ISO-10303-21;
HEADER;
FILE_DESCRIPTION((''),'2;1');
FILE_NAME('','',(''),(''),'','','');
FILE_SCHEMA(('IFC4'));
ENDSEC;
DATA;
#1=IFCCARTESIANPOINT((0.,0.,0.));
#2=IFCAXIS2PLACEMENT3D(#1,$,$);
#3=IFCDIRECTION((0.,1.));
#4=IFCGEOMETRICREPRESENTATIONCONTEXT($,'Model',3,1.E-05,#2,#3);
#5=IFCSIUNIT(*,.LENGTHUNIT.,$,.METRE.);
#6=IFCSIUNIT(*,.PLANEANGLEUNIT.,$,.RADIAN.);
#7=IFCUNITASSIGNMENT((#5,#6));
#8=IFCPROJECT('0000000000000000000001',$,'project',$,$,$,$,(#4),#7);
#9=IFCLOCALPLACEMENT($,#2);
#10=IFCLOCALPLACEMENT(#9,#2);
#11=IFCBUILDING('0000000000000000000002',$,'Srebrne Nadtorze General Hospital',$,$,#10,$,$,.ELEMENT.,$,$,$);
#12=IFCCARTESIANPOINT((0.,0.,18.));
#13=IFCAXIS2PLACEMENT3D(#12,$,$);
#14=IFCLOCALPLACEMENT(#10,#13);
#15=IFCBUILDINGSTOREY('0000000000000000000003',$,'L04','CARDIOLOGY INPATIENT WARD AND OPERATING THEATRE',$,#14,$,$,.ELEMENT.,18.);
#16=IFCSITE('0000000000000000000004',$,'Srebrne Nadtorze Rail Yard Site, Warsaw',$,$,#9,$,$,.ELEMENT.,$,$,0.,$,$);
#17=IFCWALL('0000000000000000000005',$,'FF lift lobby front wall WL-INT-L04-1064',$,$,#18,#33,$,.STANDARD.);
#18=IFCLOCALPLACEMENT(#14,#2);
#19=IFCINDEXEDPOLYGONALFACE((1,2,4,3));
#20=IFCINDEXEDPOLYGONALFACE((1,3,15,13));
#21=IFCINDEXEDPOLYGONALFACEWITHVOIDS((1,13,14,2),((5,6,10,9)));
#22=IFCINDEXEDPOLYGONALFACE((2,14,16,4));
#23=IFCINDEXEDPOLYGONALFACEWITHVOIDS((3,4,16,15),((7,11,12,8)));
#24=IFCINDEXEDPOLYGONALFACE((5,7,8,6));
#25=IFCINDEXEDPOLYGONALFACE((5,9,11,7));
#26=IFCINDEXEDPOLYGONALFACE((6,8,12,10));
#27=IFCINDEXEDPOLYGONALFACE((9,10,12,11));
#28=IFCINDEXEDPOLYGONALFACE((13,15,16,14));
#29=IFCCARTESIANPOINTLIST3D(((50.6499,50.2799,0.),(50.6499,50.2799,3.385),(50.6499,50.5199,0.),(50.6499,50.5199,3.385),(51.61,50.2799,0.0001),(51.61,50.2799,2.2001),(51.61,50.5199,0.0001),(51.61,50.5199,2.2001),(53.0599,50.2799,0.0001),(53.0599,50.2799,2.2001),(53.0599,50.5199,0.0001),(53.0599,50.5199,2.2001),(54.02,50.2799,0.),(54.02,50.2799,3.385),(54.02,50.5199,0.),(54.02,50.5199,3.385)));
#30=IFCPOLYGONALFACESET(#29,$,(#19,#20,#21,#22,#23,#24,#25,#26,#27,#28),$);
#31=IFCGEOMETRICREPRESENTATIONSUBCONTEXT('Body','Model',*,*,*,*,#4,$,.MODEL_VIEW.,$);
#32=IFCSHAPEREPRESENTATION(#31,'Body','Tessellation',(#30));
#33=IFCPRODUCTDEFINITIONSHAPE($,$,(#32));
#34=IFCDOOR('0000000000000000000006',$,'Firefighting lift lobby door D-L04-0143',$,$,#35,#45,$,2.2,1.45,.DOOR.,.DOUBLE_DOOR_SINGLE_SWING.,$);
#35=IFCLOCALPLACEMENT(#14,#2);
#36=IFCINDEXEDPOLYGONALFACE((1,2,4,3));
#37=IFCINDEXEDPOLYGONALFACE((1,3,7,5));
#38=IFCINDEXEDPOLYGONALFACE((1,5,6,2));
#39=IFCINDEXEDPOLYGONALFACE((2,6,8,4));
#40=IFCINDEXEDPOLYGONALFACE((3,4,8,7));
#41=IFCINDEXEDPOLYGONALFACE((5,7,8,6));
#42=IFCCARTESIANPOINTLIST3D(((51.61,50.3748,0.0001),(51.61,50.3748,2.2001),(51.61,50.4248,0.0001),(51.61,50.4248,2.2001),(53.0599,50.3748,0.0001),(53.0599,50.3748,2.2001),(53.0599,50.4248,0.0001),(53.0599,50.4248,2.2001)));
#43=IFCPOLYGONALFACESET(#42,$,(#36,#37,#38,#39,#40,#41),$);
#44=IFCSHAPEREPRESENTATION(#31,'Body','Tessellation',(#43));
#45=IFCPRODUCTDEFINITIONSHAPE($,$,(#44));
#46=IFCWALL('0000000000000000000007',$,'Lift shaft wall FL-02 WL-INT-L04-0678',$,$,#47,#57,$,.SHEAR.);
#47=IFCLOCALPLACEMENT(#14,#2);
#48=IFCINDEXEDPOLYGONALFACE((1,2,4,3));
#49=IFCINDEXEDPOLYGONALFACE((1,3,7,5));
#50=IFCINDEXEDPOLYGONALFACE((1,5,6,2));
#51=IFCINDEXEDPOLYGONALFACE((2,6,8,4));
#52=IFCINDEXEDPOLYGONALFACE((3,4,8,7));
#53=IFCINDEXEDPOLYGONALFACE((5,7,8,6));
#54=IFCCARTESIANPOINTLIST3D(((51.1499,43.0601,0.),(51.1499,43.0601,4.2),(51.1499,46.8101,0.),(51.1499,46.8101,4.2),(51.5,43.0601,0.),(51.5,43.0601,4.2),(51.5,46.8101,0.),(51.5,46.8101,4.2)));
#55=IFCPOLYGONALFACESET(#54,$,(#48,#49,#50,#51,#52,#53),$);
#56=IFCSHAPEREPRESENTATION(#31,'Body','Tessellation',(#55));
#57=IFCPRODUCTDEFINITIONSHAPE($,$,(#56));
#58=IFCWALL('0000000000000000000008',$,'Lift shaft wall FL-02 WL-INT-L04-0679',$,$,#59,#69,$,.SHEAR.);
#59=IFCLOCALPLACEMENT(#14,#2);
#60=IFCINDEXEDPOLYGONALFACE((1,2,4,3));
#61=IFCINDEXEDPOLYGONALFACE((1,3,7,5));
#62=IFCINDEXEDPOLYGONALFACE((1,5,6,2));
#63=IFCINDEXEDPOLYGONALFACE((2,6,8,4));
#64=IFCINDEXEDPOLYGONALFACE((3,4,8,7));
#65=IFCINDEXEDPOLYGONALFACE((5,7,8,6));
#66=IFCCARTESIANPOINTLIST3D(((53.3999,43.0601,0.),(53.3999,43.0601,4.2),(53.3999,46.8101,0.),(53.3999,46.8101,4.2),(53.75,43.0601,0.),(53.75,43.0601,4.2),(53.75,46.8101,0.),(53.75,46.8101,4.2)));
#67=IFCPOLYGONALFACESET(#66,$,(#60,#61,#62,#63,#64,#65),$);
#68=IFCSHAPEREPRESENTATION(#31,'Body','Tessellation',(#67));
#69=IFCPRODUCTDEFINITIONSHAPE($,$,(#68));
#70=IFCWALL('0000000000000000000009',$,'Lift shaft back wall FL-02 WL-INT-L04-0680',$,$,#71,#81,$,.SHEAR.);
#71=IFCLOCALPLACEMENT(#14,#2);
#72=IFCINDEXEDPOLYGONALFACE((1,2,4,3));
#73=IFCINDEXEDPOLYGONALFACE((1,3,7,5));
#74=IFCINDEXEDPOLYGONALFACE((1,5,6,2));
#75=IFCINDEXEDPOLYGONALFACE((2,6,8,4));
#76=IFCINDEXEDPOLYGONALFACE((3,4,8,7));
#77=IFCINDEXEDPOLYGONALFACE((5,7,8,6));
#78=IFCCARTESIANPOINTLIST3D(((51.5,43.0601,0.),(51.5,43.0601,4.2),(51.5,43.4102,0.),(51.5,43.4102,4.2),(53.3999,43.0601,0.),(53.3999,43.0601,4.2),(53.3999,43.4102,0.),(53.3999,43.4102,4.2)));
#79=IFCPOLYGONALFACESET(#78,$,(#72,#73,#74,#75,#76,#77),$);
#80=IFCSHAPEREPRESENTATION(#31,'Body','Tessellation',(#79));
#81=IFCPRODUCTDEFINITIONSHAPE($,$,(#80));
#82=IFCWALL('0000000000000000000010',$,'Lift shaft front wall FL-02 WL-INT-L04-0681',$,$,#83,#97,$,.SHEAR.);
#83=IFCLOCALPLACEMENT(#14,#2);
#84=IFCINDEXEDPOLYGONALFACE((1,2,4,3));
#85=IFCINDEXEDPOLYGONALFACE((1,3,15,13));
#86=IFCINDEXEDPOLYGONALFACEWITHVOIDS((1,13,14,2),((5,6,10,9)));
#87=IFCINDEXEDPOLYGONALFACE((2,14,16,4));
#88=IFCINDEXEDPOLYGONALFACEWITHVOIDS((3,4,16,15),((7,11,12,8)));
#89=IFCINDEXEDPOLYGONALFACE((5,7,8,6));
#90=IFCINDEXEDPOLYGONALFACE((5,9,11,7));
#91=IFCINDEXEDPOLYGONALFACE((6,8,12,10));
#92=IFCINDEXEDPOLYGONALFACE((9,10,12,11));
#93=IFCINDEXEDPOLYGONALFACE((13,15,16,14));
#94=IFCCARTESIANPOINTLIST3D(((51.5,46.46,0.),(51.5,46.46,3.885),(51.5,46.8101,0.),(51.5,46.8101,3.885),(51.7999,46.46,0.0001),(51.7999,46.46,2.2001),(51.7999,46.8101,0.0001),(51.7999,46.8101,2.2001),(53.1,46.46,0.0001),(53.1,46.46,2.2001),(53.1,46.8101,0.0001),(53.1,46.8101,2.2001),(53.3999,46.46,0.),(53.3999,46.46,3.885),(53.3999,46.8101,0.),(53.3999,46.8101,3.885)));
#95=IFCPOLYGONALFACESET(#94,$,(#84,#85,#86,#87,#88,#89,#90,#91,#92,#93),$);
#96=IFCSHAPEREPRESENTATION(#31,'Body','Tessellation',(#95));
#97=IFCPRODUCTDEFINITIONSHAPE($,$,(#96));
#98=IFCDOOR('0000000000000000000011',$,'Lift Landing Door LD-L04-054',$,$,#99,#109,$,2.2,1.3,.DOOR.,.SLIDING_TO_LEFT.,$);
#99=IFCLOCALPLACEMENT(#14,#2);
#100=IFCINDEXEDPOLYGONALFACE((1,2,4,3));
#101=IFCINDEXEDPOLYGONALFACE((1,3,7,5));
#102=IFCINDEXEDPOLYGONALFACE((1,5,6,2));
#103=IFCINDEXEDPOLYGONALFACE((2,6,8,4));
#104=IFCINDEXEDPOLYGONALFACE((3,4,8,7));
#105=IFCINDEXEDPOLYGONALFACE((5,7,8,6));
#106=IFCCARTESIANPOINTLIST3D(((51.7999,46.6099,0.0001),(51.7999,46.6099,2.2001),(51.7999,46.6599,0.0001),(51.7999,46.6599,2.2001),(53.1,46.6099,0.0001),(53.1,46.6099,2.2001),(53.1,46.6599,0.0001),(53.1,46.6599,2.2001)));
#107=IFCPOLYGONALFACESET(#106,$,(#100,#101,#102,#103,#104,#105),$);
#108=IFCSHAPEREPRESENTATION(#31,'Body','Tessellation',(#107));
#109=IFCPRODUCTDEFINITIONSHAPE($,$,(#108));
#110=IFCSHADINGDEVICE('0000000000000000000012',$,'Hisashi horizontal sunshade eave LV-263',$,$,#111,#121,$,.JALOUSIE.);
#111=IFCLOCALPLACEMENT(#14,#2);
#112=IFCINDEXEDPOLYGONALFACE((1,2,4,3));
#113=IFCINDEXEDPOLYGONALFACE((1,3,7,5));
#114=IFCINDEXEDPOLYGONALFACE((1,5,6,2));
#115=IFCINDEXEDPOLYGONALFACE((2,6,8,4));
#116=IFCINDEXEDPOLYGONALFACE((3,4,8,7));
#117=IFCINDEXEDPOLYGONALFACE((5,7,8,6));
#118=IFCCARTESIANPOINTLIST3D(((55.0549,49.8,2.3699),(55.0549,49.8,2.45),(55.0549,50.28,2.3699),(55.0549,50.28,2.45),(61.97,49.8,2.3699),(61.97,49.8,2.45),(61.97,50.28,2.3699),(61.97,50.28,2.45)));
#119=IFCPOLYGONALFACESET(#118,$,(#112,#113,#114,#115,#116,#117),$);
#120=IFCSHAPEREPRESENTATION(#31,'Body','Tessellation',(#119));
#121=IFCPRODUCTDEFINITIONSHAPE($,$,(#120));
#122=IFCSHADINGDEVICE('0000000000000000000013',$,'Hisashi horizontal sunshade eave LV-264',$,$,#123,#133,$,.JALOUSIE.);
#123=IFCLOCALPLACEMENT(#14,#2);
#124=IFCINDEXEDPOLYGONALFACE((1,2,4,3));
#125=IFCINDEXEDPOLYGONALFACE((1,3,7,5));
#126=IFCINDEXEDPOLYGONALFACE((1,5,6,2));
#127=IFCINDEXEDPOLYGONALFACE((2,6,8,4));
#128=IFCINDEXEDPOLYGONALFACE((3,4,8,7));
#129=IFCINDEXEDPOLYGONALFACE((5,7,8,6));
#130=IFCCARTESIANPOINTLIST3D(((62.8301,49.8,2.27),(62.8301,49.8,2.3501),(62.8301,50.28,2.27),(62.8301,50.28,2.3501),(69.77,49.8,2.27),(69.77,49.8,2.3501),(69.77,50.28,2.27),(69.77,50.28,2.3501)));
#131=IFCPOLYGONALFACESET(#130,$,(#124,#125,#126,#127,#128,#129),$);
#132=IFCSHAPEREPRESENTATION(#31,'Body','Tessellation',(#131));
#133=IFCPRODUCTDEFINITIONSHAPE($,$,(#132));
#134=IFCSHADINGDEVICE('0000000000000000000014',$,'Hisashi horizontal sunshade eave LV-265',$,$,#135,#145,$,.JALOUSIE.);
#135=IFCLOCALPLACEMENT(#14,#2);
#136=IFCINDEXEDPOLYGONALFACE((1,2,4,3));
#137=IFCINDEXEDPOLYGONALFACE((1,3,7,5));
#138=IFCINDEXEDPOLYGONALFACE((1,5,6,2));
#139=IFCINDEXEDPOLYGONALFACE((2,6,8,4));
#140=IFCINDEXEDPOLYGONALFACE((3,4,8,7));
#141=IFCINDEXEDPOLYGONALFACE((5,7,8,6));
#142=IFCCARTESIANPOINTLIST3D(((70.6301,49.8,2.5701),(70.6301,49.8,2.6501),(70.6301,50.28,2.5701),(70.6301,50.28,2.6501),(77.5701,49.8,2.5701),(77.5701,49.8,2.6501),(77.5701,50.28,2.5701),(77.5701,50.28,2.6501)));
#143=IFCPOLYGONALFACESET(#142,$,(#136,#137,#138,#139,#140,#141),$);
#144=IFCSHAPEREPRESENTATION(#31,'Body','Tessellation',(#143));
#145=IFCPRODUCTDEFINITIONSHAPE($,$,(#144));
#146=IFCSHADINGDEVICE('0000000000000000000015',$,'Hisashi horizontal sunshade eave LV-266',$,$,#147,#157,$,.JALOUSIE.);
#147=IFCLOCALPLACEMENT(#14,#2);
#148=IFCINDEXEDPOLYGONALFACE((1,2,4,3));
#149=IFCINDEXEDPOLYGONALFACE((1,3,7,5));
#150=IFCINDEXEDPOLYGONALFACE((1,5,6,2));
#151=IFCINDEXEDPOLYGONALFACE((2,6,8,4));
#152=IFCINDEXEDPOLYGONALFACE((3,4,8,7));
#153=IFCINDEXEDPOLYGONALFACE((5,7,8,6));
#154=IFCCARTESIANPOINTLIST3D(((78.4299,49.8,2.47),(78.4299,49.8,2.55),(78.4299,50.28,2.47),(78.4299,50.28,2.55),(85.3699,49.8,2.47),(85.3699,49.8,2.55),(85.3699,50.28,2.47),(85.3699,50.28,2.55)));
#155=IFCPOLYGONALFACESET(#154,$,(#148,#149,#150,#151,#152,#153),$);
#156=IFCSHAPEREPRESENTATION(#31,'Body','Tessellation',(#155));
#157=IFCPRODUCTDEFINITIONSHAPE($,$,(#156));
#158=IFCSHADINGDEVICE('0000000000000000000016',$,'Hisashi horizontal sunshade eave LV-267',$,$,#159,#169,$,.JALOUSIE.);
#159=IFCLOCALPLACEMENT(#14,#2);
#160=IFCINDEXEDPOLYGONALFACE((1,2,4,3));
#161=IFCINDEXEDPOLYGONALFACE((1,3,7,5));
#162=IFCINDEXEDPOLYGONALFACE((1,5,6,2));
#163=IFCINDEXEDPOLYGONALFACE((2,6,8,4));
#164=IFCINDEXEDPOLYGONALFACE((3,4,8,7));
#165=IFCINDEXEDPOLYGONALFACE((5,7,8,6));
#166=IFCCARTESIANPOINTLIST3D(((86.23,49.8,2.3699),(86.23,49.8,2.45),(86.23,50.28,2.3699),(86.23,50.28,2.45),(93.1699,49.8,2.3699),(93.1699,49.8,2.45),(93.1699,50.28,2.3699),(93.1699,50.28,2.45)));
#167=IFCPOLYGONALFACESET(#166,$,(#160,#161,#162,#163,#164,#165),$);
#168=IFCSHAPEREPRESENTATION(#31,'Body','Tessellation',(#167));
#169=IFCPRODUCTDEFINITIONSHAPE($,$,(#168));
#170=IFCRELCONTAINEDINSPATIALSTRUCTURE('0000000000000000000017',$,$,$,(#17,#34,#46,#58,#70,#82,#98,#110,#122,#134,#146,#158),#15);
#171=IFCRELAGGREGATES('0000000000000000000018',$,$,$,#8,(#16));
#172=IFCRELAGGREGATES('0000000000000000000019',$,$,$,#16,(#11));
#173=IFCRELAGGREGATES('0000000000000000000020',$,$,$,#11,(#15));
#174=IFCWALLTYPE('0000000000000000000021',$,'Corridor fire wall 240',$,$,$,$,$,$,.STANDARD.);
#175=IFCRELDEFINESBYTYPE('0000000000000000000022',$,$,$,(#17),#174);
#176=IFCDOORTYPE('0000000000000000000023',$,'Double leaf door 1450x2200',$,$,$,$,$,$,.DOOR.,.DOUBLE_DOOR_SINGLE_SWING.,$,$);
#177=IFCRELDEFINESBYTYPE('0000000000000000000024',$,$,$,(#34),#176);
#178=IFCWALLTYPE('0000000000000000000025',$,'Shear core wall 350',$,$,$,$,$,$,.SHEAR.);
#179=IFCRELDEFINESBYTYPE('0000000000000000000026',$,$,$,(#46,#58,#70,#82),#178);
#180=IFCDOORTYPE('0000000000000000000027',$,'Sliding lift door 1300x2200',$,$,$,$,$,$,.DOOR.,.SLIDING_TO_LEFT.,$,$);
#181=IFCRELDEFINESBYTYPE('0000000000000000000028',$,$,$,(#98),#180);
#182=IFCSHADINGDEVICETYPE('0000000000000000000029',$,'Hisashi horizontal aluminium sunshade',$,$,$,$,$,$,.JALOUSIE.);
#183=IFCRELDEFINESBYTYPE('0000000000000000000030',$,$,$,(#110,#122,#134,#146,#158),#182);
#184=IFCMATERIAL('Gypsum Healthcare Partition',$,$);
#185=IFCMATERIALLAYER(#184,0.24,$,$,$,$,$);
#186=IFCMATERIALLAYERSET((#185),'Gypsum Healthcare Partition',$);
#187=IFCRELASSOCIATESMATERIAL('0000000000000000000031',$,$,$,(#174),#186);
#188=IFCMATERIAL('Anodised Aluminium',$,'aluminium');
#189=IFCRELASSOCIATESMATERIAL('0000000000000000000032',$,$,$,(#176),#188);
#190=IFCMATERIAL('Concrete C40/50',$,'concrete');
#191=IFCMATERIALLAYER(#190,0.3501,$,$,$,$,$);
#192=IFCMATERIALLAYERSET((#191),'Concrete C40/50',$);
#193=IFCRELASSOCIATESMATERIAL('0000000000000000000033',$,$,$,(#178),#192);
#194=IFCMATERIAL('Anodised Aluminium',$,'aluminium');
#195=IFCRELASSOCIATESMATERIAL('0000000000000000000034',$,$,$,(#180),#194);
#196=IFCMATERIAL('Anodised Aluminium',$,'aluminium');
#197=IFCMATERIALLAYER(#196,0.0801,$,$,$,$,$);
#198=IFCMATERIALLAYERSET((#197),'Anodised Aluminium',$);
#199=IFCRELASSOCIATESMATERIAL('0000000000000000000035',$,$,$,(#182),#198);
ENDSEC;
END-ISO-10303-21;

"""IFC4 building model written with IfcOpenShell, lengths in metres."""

from ifc_helpers import new_model, si_unit, direction, frame, frame_2d, origin, origin_2d, place, context, subcontext, project, spatial, rectangle, extrude, material, layer, layer_set, type_object, element, fill, save


model = new_model("IFC4")

# Units and contexts
model_context = context("Model", 3, precision=1e-05, world=origin(), true_north=direction((0.0, 1.0)))
body_context = subcontext(model_context, "Body", "Model", "MODEL_VIEW")
ifc_project = project(units=[si_unit("LENGTHUNIT", "METRE"), si_unit("PLANEANGLEUNIT", "RADIAN")], contexts=[model_context])

# Site, building, storey
site_placement = place(None, origin())
site = spatial("IfcSite", under=ifc_project, at=site_placement, Name="Srebrne Nadtorze Rail Yard Site, Warsaw", CompositionType="ELEMENT", RefElevation=0.0)
building_placement = place(site_placement, origin())
building = spatial("IfcBuilding", under=site, at=building_placement, Name="Srebrne Nadtorze General Hospital", CompositionType="ELEMENT")
storey_placement = place(building_placement, frame((0.0, 0.0, 18.0)))
storey = spatial("IfcBuildingStorey", under=building, at=storey_placement, Name="L04", Description="CARDIOLOGY INPATIENT WARD AND OPERATING THEATRE", CompositionType="ELEMENT", Elevation=18.0)

# Shared definitions
ifc_material_1 = material(Name="Gypsum Healthcare Partition")
ifc_layer_1 = layer(ifc_material_1, 0.24)
ifc_layer_set_1 = layer_set([ifc_layer_1], Name="Gypsum Healthcare Partition")
wall_type_1 = type_object("IfcWallType", Name="Corridor fire wall 240", PredefinedType="STANDARD", material=ifc_layer_set_1)

# Wall, opening, door
wall_1_placement = place(storey_placement, frame((50.6499, 50.3999, 0.0), z_axis=(0.0, 0.0, 1.0), x_axis=(1.0, 0.0, 0.0)))
wall_1 = element("IfcWall", 1, at=wall_1_placement, inside=storey, type_object=wall_type_1, Name="FF lift lobby front wall WL-INT-L04-1064", PredefinedType="STANDARD", context=body_context, shape_type="SweptSolid", body=[
    extrude(rectangle(XDim=3.3701, YDim=0.24, at=frame_2d((1.6851, 0.0))), origin(), (0.0, 0.0, 1.0), 3.385),
])
opening_1_placement = place(wall_1_placement, frame((0.96, 0.0, 0.0)))
opening_1 = element("IfcOpeningElement", 2, at=opening_1_placement, cuts=wall_1, PredefinedType="OPENING", context=body_context, shape_type="SweptSolid", body=[
    extrude(rectangle(XDim=1.45, YDim=2.2, at=frame_2d((0.7251, 1.1001))), frame((0.0, 0.1318, 0.0), z_axis=(0.0, -1.0, 0.0), x_axis=(1.0, 0.0, 0.0)), (0.0, 0.0, 1.0), 0.2639),
])
ifc_material_2 = material(Name="Anodised Aluminium", Category="aluminium")
door_type_1 = type_object("IfcDoorType", Name="Double leaf door 1450x2200", OperationType="DOUBLE_DOOR_SINGLE_SWING", PredefinedType="DOOR", material=ifc_material_2)
door_1_placement = place(opening_1_placement, origin())
door_1 = element("IfcDoor", 3, at=door_1_placement, inside=storey, type_object=door_type_1, Name="Firefighting lift lobby door D-L04-0143", OperationType="DOUBLE_DOOR_SINGLE_SWING", OverallHeight=2.2, OverallWidth=1.45, PredefinedType="DOOR", context=body_context, shape_type="SweptSolid", body=[
    extrude(rectangle(XDim=1.45, YDim=2.2, at=frame_2d((0.7251, 1.1001))), frame((0.0, 0.0249, 0.0), z_axis=(0.0, -1.0, 0.0), x_axis=(1.0, 0.0, 0.0)), (0.0, 0.0, 1.0), 0.05),
])
fill(opening_1, door_1)

# Walls
ifc_material_3 = material(Name="Concrete C40/50", Category="concrete")
ifc_layer_2 = layer(ifc_material_3, 0.3501)
ifc_layer_set_2 = layer_set([ifc_layer_2], Name="Concrete C40/50")
wall_type_2 = type_object("IfcWallType", Name="Shear core wall 350", PredefinedType="SHEAR", material=ifc_layer_set_2)
for number, where, z_axis, x_axis, name in (
    (4, (51.325, 43.0601, 0.0), (0.0, 0.0, 1.0), (0.0, 1.0, 0.0), "Lift shaft wall FL-02 WL-INT-L04-0678"),
    (5, (53.575, 43.0601, 0.0), (0.0, 0.0, 1.0), (0.0, 1.0, 0.0), "Lift shaft wall FL-02 WL-INT-L04-0679"),
):
    element("IfcWall", number, at=place(storey_placement, frame(where, z_axis=z_axis, x_axis=x_axis)), inside=storey, type_object=wall_type_2, Name=name, PredefinedType="SHEAR", context=body_context, shape_type="SweptSolid", body=[
        extrude(rectangle(XDim=3.75, YDim=0.3501, at=frame_2d((1.875, 0.0))), origin(), (0.0, 0.0, 1.0), 4.2),
    ])
wall_2_placement = place(storey_placement, frame((51.5, 43.2351, 0.0), z_axis=(0.0, 0.0, 1.0), x_axis=(1.0, 0.0, 0.0)))
element("IfcWall", 6, at=wall_2_placement, inside=storey, type_object=wall_type_2, Name="Lift shaft back wall FL-02 WL-INT-L04-0680", PredefinedType="SHEAR", context=body_context, shape_type="SweptSolid", body=[
    extrude(rectangle(XDim=1.8999, YDim=0.3501, at=frame_2d((0.95, 0.0))), origin(), (0.0, 0.0, 1.0), 4.2),
])

# Wall, opening, door
wall_3_placement = place(storey_placement, frame((51.5, 46.635, 0.0), z_axis=(0.0, 0.0, 1.0), x_axis=(1.0, 0.0, 0.0)))
wall_3 = element("IfcWall", 7, at=wall_3_placement, inside=storey, type_object=wall_type_2, Name="Lift shaft front wall FL-02 WL-INT-L04-0681", PredefinedType="SHEAR", context=body_context, shape_type="SweptSolid", body=[
    extrude(rectangle(XDim=1.8999, YDim=0.3501, at=frame_2d((0.95, 0.0))), origin(), (0.0, 0.0, 1.0), 3.885),
])
opening_2_placement = place(wall_3_placement, frame((0.3, 0.0, 0.0)))
opening_2 = element("IfcOpeningElement", 8, at=opening_2_placement, cuts=wall_3, PredefinedType="OPENING", context=body_context, shape_type="SweptSolid", body=[
    extrude(rectangle(XDim=1.3, YDim=2.2, at=frame_2d((0.6499, 1.1001))), frame((0.0, 0.187, 0.0), z_axis=(0.0, -1.0, 0.0), x_axis=(1.0, 0.0, 0.0)), (0.0, 0.0, 1.0), 0.374),
])
ifc_material_4 = material(Name="Anodised Aluminium", Category="aluminium")
door_type_2 = type_object("IfcDoorType", Name="Sliding lift door 1300x2200", OperationType="SLIDING_TO_LEFT", PredefinedType="DOOR", material=ifc_material_4)
door_2_placement = place(opening_2_placement, origin())
door_2 = element("IfcDoor", 9, at=door_2_placement, inside=storey, type_object=door_type_2, Name="Lift Landing Door LD-L04-054", OperationType="SLIDING_TO_LEFT", OverallHeight=2.2, OverallWidth=1.3, PredefinedType="DOOR", context=body_context, shape_type="SweptSolid", body=[
    extrude(rectangle(XDim=1.3, YDim=2.2, at=frame_2d((0.6499, 1.1001))), frame((0.0, 0.0249, 0.0), z_axis=(0.0, -1.0, 0.0), x_axis=(1.0, 0.0, 0.0)), (0.0, 0.0, 1.0), 0.05),
])
fill(opening_2, door_2)

# Shading devices
ifc_material_5 = material(Name="Anodised Aluminium", Category="aluminium")
ifc_layer_3 = layer(ifc_material_5, 0.0801)
ifc_layer_set_3 = layer_set([ifc_layer_3], Name="Anodised Aluminium")
shading_device_type = type_object("IfcShadingDeviceType", Name="Hisashi horizontal aluminium sunshade", PredefinedType="JALOUSIE", material=ifc_layer_set_3)
shading_device_placement = place(storey_placement, frame((58.5125, 50.04, 2.3699), z_axis=(0.0, 0.0, 1.0), x_axis=(1.0, 0.0, 0.0)))
element("IfcShadingDevice", 10, at=shading_device_placement, inside=storey, type_object=shading_device_type, Name="Hisashi horizontal sunshade eave LV-263", PredefinedType="JALOUSIE", context=body_context, shape_type="SweptSolid", body=[
    extrude(rectangle(XDim=6.915, YDim=0.48, at=origin_2d()), origin(), (0.0, 0.0, 1.0), 0.0801),
])
for number, where, z_axis, x_axis, name in (
    (11, (66.3, 50.04, 2.27), (0.0, 0.0, 1.0), (1.0, 0.0, 0.0), "Hisashi horizontal sunshade eave LV-264"),
    (12, (74.1001, 50.04, 2.5701), (0.0, 0.0, 1.0), (1.0, 0.0, 0.0), "Hisashi horizontal sunshade eave LV-265"),
    (13, (81.8999, 50.04, 2.47), (0.0, 0.0, 1.0), (1.0, 0.0, 0.0), "Hisashi horizontal sunshade eave LV-266"),
    (14, (89.7, 50.04, 2.3699), (0.0, 0.0, 1.0), (1.0, 0.0, 0.0), "Hisashi horizontal sunshade eave LV-267"),
):
    element("IfcShadingDevice", number, at=place(storey_placement, frame(where, z_axis=z_axis, x_axis=x_axis)), inside=storey, type_object=shading_device_type, Name=name, PredefinedType="JALOUSIE", context=body_context, shape_type="SweptSolid", body=[
        extrude(rectangle(XDim=6.9399, YDim=0.48, at=origin_2d()), origin(), (0.0, 0.0, 1.0), 0.0801),
    ])

save(model, "model.ifc")
